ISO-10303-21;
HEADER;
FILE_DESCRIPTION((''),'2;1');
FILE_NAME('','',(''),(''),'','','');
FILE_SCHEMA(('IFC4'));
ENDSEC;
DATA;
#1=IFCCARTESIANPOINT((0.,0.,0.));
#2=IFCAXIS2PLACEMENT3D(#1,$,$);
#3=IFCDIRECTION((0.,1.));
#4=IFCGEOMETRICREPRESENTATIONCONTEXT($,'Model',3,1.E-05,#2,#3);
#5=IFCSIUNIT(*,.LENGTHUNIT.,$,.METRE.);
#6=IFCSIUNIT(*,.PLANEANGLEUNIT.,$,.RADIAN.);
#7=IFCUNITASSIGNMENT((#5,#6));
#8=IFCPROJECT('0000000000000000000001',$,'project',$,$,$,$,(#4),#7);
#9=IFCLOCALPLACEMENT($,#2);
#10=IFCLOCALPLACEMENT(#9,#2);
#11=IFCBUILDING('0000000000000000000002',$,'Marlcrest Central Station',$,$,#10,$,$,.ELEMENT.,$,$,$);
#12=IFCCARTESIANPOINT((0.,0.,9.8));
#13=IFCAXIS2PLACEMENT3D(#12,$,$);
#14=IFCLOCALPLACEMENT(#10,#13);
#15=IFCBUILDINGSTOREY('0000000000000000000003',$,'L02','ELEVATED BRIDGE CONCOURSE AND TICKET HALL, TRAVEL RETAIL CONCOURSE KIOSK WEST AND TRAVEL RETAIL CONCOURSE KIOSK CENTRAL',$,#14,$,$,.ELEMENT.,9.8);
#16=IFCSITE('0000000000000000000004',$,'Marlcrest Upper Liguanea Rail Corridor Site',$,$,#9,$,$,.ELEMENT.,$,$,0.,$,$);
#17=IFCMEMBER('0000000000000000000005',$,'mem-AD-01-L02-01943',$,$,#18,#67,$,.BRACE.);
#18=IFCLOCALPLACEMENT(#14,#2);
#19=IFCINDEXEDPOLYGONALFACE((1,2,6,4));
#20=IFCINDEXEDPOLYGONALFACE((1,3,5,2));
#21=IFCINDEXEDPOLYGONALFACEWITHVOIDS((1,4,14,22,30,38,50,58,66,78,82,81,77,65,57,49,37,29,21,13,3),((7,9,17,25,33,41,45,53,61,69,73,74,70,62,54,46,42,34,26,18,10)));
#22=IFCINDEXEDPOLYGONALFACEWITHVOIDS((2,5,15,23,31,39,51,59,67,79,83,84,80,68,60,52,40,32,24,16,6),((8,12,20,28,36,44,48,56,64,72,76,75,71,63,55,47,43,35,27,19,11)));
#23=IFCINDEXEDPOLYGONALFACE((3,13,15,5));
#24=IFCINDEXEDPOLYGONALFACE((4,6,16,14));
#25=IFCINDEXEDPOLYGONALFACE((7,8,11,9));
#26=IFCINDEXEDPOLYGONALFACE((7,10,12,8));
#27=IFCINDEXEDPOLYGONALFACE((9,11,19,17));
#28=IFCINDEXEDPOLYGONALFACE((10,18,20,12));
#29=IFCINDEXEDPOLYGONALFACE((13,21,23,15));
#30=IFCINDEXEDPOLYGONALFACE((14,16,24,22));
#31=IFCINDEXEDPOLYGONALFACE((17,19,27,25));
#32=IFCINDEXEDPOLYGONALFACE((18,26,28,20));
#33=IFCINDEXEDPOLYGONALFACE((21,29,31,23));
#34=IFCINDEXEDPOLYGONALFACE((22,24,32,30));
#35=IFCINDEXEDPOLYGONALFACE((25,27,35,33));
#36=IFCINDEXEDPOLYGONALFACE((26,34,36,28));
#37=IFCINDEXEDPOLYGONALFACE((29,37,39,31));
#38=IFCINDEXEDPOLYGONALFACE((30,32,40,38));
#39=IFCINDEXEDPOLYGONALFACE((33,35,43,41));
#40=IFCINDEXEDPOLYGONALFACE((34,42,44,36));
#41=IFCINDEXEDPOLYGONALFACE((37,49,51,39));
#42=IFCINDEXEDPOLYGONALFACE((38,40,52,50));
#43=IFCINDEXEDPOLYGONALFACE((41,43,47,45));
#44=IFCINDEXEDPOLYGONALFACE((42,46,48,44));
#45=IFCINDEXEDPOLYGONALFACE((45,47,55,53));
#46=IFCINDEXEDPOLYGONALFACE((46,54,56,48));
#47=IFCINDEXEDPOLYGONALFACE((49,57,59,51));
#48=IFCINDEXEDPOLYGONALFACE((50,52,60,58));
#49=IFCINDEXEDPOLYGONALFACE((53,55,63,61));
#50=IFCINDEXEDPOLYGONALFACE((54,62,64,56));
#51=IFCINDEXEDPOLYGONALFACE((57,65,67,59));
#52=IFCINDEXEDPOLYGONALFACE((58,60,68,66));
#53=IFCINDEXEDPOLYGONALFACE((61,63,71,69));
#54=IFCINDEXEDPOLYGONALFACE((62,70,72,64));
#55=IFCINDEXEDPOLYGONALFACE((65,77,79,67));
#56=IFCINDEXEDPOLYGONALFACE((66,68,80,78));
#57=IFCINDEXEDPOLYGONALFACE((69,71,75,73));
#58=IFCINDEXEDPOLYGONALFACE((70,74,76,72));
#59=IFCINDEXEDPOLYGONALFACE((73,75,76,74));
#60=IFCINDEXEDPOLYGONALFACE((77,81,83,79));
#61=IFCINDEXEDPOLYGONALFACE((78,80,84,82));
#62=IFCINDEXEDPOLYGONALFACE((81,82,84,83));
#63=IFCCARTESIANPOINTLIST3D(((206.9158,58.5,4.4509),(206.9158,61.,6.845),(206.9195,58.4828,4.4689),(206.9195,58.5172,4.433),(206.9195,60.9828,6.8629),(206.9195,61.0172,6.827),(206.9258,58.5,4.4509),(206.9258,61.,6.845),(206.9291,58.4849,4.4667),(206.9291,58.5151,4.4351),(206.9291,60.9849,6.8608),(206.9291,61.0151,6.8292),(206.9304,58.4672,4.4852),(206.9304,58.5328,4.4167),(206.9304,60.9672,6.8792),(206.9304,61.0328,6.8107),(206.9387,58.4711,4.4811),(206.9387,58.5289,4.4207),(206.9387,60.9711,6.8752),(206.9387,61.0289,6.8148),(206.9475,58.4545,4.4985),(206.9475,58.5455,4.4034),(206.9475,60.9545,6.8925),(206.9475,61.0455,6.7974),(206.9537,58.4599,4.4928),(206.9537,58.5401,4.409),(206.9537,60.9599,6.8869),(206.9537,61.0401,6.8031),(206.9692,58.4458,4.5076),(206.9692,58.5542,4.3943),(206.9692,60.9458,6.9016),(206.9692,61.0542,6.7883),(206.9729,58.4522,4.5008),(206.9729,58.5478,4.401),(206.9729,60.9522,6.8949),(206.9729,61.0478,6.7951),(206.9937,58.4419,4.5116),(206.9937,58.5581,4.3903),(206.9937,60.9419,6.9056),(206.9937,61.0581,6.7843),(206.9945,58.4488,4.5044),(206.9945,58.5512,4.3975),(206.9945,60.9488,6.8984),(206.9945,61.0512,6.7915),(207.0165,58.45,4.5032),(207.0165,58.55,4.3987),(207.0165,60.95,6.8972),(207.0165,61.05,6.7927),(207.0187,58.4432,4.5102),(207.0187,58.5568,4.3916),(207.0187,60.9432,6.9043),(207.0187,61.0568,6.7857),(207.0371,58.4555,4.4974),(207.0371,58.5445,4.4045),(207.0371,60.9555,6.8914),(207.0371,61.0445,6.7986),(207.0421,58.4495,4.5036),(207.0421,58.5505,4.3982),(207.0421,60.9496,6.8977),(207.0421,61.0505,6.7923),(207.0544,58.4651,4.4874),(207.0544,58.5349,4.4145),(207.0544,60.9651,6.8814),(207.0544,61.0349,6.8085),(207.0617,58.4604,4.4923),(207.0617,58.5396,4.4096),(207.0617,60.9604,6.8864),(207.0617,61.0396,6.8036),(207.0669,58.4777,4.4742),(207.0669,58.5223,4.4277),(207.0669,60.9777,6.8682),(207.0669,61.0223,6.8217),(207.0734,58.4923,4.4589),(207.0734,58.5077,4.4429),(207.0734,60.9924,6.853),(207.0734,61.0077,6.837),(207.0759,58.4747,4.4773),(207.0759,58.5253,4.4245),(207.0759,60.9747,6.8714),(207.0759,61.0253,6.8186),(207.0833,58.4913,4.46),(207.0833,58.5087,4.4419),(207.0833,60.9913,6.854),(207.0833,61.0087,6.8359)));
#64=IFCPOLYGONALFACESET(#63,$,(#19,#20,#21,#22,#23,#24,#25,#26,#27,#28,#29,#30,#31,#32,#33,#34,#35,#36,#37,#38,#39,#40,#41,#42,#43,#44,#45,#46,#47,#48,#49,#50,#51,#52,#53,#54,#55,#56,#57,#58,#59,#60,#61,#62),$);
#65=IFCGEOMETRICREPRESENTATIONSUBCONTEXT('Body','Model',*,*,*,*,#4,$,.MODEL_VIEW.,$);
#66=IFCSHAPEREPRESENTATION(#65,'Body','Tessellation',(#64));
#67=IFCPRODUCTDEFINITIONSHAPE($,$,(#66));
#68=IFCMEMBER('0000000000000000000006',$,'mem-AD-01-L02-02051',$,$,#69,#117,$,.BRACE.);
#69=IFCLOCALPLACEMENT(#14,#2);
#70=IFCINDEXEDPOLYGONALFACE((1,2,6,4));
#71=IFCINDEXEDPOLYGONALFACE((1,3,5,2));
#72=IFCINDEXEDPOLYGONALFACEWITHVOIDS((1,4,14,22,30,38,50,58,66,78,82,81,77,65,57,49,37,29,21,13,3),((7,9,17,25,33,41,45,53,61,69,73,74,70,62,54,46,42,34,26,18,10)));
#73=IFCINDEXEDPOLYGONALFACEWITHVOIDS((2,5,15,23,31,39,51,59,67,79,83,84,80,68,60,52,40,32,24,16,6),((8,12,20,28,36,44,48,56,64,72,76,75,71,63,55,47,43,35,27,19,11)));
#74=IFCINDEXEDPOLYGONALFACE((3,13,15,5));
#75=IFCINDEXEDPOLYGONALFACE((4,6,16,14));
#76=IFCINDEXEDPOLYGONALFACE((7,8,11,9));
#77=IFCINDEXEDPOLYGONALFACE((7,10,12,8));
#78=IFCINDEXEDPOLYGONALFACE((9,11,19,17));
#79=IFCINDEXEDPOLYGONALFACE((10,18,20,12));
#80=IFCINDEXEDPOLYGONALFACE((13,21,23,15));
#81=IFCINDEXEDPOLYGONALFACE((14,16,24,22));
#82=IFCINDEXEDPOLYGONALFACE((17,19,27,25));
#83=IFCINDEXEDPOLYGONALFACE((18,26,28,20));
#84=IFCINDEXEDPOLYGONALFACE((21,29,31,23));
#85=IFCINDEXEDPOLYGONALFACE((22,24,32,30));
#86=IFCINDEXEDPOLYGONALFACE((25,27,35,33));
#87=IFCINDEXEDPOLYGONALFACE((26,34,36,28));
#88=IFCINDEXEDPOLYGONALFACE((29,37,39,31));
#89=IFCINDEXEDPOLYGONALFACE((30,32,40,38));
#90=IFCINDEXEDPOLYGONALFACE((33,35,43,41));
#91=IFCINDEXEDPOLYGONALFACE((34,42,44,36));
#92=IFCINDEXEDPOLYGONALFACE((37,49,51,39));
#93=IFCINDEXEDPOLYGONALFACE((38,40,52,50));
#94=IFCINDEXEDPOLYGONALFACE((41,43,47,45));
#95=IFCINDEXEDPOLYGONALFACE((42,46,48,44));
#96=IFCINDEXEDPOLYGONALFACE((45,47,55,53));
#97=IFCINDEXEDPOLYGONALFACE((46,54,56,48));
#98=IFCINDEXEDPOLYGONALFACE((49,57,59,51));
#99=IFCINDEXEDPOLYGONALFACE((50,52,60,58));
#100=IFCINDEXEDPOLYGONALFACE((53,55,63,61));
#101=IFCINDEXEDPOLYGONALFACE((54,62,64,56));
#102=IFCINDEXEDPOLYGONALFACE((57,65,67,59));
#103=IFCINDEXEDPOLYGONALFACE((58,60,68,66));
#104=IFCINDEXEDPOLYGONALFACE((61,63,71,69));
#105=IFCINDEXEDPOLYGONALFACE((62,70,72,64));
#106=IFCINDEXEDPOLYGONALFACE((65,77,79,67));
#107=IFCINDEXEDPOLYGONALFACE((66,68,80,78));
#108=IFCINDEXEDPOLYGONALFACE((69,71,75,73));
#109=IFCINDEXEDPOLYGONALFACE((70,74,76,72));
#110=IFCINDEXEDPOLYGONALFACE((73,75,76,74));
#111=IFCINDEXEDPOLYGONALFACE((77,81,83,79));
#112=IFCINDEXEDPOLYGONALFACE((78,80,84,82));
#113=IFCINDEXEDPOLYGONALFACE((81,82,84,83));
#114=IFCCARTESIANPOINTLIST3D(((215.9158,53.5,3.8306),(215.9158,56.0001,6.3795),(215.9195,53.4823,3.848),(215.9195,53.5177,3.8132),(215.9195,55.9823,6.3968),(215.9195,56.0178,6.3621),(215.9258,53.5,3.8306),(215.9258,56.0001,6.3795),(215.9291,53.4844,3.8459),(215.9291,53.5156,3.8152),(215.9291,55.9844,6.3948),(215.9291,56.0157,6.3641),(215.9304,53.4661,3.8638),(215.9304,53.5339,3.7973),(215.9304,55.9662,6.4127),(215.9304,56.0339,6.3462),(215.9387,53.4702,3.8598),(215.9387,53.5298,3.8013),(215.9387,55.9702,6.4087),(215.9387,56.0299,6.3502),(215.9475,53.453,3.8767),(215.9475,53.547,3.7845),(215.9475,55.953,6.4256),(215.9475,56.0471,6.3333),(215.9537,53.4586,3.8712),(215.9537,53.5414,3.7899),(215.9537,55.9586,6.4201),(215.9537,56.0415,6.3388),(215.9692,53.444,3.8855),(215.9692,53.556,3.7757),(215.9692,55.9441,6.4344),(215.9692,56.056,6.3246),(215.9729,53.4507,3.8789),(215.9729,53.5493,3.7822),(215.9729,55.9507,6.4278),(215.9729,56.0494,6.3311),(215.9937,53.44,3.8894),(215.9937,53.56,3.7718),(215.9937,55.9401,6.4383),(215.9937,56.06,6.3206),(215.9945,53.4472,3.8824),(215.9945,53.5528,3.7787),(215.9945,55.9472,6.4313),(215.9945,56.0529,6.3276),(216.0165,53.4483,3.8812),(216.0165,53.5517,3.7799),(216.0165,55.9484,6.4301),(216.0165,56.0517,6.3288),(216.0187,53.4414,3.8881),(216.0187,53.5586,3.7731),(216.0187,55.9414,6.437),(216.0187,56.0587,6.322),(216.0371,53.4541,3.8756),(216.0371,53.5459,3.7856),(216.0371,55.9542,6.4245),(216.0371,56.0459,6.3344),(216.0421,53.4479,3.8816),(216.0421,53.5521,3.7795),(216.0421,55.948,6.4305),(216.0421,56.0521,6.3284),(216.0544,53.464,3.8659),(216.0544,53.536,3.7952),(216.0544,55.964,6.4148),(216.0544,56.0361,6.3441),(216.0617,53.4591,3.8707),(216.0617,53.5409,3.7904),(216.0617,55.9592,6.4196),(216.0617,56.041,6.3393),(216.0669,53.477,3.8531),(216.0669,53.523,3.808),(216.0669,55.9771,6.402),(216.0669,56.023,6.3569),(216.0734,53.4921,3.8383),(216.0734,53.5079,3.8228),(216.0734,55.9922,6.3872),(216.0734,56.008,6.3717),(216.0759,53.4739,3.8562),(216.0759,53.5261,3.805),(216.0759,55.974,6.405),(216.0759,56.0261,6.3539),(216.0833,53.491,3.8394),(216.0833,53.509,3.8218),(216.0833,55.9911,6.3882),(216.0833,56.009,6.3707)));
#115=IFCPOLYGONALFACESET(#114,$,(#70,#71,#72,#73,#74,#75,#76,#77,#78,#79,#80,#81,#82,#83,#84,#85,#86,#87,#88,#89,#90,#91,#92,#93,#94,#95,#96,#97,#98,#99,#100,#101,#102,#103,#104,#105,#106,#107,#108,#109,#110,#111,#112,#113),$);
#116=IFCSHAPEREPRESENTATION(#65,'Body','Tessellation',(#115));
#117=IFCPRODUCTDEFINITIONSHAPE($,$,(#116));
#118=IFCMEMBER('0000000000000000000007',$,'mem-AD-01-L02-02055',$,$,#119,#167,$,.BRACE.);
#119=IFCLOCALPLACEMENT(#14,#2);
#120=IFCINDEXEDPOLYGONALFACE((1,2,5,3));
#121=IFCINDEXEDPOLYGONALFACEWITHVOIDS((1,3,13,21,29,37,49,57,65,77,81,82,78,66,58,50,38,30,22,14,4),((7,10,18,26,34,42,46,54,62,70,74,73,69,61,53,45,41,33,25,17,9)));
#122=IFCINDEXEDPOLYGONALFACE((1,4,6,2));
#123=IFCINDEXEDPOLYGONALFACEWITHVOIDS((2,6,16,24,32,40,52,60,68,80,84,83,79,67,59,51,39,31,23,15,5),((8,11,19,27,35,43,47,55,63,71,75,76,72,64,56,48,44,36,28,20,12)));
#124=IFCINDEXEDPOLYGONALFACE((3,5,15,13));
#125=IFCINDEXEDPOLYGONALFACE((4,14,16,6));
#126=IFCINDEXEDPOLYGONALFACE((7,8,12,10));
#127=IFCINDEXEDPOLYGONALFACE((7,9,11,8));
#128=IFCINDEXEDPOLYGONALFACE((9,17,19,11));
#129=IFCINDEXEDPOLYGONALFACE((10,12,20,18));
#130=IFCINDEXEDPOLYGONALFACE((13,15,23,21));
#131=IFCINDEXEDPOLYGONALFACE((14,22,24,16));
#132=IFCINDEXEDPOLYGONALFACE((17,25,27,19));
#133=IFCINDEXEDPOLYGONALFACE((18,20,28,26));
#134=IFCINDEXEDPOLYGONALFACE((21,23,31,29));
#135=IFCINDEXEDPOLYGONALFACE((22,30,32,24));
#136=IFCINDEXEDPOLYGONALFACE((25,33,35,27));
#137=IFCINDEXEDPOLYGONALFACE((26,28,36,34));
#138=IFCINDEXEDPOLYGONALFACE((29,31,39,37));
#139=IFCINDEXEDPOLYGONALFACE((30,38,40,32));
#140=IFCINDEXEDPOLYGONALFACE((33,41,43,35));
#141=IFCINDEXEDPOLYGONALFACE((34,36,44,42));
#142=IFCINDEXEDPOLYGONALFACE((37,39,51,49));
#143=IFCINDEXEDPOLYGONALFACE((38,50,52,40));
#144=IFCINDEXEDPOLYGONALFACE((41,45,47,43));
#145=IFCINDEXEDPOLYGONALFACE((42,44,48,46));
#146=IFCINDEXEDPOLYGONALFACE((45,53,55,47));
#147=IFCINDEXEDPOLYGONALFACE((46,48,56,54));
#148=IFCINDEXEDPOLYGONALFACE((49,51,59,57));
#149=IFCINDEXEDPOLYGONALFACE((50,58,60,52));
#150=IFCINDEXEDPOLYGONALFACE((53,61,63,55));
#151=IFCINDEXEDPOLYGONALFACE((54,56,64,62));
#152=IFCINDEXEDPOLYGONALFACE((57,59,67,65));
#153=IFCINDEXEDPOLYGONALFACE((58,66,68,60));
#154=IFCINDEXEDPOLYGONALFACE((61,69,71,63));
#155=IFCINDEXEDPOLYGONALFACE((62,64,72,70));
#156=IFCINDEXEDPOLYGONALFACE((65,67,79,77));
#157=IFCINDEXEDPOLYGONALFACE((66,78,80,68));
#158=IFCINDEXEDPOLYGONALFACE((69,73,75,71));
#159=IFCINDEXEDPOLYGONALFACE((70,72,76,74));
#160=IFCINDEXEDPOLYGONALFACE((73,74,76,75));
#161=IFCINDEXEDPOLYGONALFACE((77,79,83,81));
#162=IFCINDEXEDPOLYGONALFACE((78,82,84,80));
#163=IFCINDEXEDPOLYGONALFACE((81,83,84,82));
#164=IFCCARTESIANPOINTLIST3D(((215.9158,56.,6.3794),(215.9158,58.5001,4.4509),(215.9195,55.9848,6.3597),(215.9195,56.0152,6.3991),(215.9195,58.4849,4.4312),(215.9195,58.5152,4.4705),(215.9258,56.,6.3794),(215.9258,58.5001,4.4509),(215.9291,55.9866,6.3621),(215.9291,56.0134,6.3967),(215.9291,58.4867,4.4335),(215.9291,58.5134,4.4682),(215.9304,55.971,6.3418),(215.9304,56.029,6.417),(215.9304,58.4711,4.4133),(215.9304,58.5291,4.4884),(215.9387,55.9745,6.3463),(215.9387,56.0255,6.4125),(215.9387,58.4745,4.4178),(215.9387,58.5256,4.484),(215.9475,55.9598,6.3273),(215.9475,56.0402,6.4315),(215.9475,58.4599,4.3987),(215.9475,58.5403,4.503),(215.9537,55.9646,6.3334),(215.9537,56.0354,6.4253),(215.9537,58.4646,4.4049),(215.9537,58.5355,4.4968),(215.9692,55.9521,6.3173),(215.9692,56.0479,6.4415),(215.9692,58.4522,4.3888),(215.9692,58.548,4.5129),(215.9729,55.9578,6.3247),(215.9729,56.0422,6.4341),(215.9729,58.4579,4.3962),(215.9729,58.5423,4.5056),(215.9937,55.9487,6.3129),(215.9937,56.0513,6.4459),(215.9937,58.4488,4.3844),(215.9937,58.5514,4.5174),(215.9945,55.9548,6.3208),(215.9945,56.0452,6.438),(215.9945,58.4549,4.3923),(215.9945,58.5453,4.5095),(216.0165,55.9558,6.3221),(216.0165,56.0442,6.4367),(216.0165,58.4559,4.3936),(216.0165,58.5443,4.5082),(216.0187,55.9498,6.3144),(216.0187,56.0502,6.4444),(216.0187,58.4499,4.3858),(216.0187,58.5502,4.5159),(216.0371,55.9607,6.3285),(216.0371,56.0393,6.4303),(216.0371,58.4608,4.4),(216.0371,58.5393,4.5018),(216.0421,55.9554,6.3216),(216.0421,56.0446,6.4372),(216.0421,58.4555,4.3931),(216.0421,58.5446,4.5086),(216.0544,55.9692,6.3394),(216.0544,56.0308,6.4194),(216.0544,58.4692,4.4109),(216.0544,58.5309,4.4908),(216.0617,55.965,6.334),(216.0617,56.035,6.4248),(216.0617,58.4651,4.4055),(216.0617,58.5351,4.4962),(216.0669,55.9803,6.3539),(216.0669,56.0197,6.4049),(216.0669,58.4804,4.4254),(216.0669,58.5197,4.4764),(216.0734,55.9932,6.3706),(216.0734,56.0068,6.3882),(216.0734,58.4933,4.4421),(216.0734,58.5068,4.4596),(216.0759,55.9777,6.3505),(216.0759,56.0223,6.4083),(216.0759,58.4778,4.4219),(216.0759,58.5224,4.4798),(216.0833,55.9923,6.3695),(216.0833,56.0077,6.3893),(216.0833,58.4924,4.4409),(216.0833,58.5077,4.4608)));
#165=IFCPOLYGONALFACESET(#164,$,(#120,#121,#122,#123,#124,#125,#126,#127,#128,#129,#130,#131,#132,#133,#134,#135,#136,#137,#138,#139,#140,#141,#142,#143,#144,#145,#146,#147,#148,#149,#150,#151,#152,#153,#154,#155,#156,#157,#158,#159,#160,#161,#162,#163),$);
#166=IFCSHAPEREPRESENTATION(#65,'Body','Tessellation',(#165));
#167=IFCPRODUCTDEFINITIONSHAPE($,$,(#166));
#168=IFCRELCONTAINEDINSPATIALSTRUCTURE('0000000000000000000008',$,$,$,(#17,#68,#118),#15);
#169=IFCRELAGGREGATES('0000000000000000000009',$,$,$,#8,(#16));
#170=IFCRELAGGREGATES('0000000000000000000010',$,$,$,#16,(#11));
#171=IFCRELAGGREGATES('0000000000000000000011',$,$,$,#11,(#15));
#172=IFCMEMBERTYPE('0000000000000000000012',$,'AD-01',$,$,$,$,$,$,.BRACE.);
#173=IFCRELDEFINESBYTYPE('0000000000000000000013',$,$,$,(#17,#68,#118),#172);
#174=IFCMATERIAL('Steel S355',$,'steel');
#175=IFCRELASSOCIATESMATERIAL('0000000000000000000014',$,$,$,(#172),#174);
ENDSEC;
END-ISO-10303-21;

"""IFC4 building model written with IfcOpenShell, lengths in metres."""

from ifc_helpers import new_model, si_unit, direction, frame, origin, origin_2d, place, context, subcontext, project, spatial, hollow_circle, extrude, material, material_profile, profile_set, type_object, element, save


model = new_model("IFC4")

# Units and contexts
model_context = context("Model", 3, precision=1e-05, world=origin(), true_north=direction((0.0, 1.0)))
body_context = subcontext(model_context, "Body", "Model", "MODEL_VIEW")
ifc_project = project(units=[si_unit("LENGTHUNIT", "METRE"), si_unit("PLANEANGLEUNIT", "RADIAN")], contexts=[model_context])

# Site, building, storey
site_placement = place(None, origin())
site = spatial("IfcSite", under=ifc_project, at=site_placement, Name="Marlcrest Upper Liguanea Rail Corridor Site", CompositionType="ELEMENT", RefElevation=0.0)
building_placement = place(site_placement, origin())
building = spatial("IfcBuilding", under=site, at=building_placement, Name="Marlcrest Central Station", CompositionType="ELEMENT")
storey_placement = place(building_placement, frame((0.0, 0.0, 9.8)))
storey = spatial("IfcBuildingStorey", under=building, at=storey_placement, Name="L02", Description="ELEVATED BRIDGE CONCOURSE AND TICKET HALL, TRAVEL RETAIL CONCOURSE KIOSK WEST AND TRAVEL RETAIL CONCOURSE KIOSK CENTRAL", CompositionType="ELEMENT", Elevation=9.8)

# Members
ifc_material = material(Name="Steel S355", Category="steel")
ifc_material_profile_1 = material_profile(ifc_material, hollow_circle(Radius=0.0842, WallThickness=0.01, at=origin_2d()), Name="CHS 168.3x10")
ifc_profile_set_1 = profile_set([ifc_material_profile_1], Name="Steel S355")
member_type_1 = type_object("IfcMemberType", Name="AD-01", PredefinedType="BRACE", material=ifc_profile_set_1)
member_1_placement = place(storey_placement, frame((207.0, 58.5, 4.4509), z_axis=(0.0, 0.722247, 0.691636), x_axis=(-1.0, 0.0, 0.0)))
element("IfcMember", 1, at=member_1_placement, inside=storey, type_object=member_type_1, Name="mem-AD-01-L02-01943", PredefinedType="BRACE", context=body_context, shape_type="SweptSolid", body=[
    extrude(hollow_circle(Radius=0.0842, WallThickness=0.01, at=origin_2d()), origin(), (0.0, 0.0, 1.0), 3.4614),
])
member_2_placement = place(storey_placement, frame((216.0, 53.5, 3.8306), z_axis=(0.0, 0.700235, 0.713912), x_axis=(-1.0, 0.0, 0.0)))
element("IfcMember", 2, at=member_2_placement, inside=storey, type_object=member_type_1, Name="mem-AD-01-L02-02051", PredefinedType="BRACE", context=body_context, shape_type="SweptSolid", body=[
    extrude(hollow_circle(Radius=0.0842, WallThickness=0.01, at=origin_2d()), origin(), (0.0, 0.0, 1.0), 3.5703),
])
member_3_placement = place(storey_placement, frame((216.0, 56.0, 6.3794), z_axis=(0.0, 0.791798, -0.610783), x_axis=(-1.0, 0.0, 0.0)))
element("IfcMember", 3, at=member_3_placement, inside=storey, type_object=member_type_1, Name="mem-AD-01-L02-02055", PredefinedType="BRACE", context=body_context, shape_type="SweptSolid", body=[
    extrude(hollow_circle(Radius=0.0842, WallThickness=0.01, at=origin_2d()), origin(), (0.0, 0.0, 1.0), 3.1575),
])

save(model, "model.ifc")
